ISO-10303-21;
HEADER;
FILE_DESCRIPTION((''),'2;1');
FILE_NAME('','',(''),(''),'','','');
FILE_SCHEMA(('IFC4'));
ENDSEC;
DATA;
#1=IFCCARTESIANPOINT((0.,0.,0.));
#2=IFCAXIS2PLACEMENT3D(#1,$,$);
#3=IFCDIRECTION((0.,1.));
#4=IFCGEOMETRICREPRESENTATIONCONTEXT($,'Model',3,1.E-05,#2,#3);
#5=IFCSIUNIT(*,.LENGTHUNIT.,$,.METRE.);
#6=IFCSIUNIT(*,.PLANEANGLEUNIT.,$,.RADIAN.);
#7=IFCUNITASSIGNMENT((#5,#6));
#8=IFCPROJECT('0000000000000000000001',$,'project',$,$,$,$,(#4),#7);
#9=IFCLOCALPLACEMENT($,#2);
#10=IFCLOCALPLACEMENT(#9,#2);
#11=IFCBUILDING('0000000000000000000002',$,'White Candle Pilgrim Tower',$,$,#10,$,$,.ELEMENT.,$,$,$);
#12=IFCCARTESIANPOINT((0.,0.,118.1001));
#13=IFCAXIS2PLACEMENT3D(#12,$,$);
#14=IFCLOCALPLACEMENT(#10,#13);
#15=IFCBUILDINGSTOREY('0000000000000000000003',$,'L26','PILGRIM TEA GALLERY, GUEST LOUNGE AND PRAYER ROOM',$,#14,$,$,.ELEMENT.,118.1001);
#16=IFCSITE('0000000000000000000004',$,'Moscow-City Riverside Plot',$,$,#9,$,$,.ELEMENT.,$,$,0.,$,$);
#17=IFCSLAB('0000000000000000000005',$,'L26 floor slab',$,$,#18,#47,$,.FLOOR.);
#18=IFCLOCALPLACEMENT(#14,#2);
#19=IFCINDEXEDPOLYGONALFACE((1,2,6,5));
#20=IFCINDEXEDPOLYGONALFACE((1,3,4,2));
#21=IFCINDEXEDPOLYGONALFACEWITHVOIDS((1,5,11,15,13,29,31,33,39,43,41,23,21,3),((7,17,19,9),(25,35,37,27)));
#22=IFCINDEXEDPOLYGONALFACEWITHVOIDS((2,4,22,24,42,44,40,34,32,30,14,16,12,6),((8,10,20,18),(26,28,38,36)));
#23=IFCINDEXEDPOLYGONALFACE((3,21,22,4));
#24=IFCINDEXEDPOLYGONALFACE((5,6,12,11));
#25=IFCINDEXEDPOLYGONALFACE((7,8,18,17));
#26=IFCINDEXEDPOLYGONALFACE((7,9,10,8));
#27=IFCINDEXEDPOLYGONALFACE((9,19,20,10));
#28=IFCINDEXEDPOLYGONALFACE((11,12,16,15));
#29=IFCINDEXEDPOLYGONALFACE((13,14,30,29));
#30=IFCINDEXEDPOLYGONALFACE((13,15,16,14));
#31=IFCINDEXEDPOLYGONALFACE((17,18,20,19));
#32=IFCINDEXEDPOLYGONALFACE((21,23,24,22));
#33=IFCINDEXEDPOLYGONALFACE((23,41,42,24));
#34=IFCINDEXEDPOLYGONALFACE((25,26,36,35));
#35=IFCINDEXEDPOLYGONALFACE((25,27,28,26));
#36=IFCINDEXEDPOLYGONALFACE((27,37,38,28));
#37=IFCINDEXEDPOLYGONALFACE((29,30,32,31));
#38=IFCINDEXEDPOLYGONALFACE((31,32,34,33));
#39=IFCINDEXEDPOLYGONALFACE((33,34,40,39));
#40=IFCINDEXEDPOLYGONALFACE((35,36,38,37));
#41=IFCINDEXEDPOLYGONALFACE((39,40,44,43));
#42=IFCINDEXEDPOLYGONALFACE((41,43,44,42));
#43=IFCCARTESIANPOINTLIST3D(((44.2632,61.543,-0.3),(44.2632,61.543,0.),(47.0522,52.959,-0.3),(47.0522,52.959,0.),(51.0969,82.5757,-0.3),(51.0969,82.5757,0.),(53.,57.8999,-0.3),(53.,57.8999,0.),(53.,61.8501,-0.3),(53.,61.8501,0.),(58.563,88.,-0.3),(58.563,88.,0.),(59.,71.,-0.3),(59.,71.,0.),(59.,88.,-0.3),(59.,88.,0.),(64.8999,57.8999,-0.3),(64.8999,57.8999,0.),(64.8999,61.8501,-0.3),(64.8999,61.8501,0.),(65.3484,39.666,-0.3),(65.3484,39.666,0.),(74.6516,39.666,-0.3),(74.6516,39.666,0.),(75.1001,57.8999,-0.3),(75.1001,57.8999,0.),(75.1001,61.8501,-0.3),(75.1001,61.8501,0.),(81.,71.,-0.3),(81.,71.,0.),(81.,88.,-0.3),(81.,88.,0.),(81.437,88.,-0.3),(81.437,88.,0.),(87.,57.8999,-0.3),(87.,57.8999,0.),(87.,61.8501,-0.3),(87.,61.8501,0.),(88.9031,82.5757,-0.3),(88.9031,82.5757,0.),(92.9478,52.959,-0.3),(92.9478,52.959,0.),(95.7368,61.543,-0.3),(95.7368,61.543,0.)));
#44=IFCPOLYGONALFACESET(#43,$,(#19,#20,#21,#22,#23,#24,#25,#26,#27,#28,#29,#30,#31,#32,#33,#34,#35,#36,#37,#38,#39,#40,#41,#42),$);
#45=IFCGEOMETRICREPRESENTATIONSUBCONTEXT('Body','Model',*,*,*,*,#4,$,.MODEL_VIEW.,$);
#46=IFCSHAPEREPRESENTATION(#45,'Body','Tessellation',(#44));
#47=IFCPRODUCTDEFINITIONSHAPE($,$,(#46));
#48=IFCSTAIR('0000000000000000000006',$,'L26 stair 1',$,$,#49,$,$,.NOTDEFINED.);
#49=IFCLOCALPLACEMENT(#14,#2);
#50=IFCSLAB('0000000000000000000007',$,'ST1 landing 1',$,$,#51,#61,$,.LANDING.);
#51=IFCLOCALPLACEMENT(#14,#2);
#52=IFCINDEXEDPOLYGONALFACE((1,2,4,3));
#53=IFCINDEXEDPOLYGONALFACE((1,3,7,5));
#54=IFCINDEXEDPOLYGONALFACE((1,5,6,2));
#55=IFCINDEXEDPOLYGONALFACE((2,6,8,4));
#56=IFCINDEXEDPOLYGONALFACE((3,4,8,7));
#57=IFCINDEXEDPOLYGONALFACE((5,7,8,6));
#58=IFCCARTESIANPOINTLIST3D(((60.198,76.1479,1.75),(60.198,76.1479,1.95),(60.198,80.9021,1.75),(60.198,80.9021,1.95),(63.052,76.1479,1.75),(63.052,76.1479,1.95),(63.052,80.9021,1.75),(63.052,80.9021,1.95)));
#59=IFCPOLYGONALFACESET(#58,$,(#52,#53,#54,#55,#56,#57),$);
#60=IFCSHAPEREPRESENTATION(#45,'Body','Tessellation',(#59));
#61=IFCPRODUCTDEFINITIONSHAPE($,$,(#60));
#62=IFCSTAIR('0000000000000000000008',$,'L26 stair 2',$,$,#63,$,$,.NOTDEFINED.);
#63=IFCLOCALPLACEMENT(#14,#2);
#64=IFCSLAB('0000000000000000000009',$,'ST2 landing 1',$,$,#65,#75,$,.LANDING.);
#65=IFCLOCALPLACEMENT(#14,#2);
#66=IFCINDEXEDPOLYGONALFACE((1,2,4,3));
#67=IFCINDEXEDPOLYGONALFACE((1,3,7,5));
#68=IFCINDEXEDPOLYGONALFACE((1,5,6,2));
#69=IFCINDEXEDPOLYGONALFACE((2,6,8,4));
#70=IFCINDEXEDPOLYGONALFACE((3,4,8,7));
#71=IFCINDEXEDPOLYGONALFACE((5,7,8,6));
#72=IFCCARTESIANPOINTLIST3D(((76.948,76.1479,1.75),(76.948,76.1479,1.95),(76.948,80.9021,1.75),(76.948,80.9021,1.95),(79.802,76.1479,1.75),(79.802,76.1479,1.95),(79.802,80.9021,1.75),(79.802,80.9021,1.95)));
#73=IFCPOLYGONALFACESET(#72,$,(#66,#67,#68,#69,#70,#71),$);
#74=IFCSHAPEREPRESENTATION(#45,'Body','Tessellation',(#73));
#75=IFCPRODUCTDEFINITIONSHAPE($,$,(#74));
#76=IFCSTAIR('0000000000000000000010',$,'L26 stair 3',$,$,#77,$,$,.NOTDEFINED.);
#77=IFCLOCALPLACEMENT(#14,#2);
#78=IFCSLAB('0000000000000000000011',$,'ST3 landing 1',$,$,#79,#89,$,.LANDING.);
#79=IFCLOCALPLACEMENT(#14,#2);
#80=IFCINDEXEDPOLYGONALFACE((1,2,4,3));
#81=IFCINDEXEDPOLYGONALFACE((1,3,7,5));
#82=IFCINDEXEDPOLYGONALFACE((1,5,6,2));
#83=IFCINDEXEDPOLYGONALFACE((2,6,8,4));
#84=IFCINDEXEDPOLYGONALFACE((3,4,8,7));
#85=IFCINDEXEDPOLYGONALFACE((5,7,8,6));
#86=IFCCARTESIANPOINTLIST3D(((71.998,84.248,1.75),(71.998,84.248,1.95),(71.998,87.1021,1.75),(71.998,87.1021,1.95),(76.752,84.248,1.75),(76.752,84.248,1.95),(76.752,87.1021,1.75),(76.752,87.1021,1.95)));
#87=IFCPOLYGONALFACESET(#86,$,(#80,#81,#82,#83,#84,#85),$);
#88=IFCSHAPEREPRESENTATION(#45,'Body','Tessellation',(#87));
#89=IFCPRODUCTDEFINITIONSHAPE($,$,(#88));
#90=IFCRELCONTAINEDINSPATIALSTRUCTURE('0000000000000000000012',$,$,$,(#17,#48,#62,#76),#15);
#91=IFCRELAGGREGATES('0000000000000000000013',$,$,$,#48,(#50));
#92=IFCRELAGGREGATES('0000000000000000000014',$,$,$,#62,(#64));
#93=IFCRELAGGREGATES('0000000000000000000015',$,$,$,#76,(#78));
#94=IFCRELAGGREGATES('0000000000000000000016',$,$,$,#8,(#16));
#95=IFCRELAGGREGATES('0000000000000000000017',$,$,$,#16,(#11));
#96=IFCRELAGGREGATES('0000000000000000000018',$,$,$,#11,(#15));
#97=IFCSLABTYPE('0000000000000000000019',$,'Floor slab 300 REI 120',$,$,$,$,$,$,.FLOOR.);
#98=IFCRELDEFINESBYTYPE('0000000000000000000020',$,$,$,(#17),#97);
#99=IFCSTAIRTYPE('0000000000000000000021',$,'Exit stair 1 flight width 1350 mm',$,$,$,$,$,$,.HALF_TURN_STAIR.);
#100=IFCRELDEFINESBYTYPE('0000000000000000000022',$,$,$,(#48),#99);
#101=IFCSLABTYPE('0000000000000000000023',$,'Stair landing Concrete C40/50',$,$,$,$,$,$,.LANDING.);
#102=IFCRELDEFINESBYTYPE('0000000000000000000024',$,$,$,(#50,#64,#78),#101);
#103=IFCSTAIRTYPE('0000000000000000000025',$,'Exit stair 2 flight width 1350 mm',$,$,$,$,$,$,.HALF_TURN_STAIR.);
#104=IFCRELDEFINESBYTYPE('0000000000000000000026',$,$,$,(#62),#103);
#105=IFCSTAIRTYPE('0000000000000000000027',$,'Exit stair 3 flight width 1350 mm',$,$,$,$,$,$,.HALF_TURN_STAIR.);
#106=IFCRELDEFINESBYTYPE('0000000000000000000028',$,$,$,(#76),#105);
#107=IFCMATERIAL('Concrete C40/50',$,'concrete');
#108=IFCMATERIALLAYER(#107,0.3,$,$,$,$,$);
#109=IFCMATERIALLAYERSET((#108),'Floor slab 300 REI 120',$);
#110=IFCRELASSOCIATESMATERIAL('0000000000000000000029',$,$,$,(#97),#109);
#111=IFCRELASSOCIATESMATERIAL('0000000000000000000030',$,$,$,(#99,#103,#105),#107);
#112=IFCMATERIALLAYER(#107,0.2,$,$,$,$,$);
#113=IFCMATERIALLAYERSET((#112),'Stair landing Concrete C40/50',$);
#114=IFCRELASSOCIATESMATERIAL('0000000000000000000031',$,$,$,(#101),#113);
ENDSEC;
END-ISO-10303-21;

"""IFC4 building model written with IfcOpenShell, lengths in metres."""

from ifc_helpers import new_model, si_unit, direction, frame, origin, place, context, subcontext, project, spatial, polyline, outline, extrude, material, layer, layer_set, type_object, element, aggregate, save


model = new_model("IFC4")

# Units and contexts
model_context = context("Model", 3, precision=1e-05, world=origin(), true_north=direction((0.0, 1.0)))
body_context = subcontext(model_context, "Body", "Model", "MODEL_VIEW")
ifc_project = project(units=[si_unit("LENGTHUNIT", "METRE"), si_unit("PLANEANGLEUNIT", "RADIAN")], contexts=[model_context])

# Site, building, storey
site_placement = place(None, origin())
site = spatial("IfcSite", under=ifc_project, at=site_placement, Name="Moscow-City Riverside Plot", CompositionType="ELEMENT", RefElevation=0.0)
building_placement = place(site_placement, origin())
building = spatial("IfcBuilding", under=site, at=building_placement, Name="White Candle Pilgrim Tower", CompositionType="ELEMENT")
storey_placement = place(building_placement, frame((0.0, 0.0, 118.1001)))
storey = spatial("IfcBuildingStorey", under=building, at=storey_placement, Name="L26", Description="PILGRIM TEA GALLERY, GUEST LOUNGE AND PRAYER ROOM", CompositionType="ELEMENT", Elevation=118.1001)

# Slab
ifc_material = material(Name="Concrete C40/50", Category="concrete")
ifc_layer_1 = layer(ifc_material, 0.3)
ifc_layer_set_1 = layer_set([ifc_layer_1], Name="Floor slab 300 REI 120")
slab_type_1 = type_object("IfcSlabType", Name="Floor slab 300 REI 120", PredefinedType="FLOOR", material=ifc_layer_set_1)
slab_1_placement = place(storey_placement, frame((0.0, 0.0, -0.3)))
element("IfcSlab", 1, at=slab_1_placement, inside=storey, type_object=slab_type_1, Name="L26 floor slab", PredefinedType="FLOOR", context=body_context, shape_type="SweptSolid", body=[
    extrude(outline(polyline([(65.3484, 39.666), (74.6516, 39.666), (92.9478, 52.959), (95.7368, 61.543), (88.9031, 82.5757), (81.437, 88.0), (81.0, 88.0), (81.0, 71.0), (59.0, 71.0), (59.0, 88.0), (58.563, 88.0), (51.0969, 82.5757), (44.2632, 61.543), (47.0522, 52.959), (65.3484, 39.666)]), holes=[polyline([(53.0, 57.8999), (53.0, 61.8501), (64.8999, 61.8501), (64.8999, 57.8999), (53.0, 57.8999)]), polyline([(75.1001, 57.8999), (75.1001, 61.8501), (87.0, 61.8501), (87.0, 57.8999), (75.1001, 57.8999)])]), origin(), (0.0, 0.0, 1.0), 0.3),
])

# Stairs, slabs
stair_type_1 = type_object("IfcStairType", Name="Exit stair 1 flight width 1350 mm", PredefinedType="HALF_TURN_STAIR", material=ifc_material)
stair_1_placement = place(storey_placement, origin())
stair_1 = element("IfcStair", 2, at=stair_1_placement, inside=storey, type_object=stair_type_1, Name="L26 stair 1", PredefinedType="NOTDEFINED")
ifc_layer_2 = layer(ifc_material, 0.2)
ifc_layer_set_2 = layer_set([ifc_layer_2], Name="Stair landing Concrete C40/50")
slab_type_2 = type_object("IfcSlabType", Name="Stair landing Concrete C40/50", PredefinedType="LANDING", material=ifc_layer_set_2)
slab_2_placement = place(storey_placement, frame((0.0, 0.0, 1.75)))
slab_2 = element("IfcSlab", 3, at=slab_2_placement, type_object=slab_type_2, Name="ST1 landing 1", PredefinedType="LANDING", context=body_context, shape_type="SweptSolid", body=[
    extrude(outline(polyline([(63.052, 76.1479), (60.198, 76.1479), (60.198, 80.9021), (63.052, 80.9021), (63.052, 76.1479)])), origin(), (0.0, 0.0, 1.0), 0.2),
])
aggregate(stair_1, [slab_2])
stair_type_2 = type_object("IfcStairType", Name="Exit stair 2 flight width 1350 mm", PredefinedType="HALF_TURN_STAIR", material=ifc_material)
stair_2_placement = place(storey_placement, origin())
stair_2 = element("IfcStair", 4, at=stair_2_placement, inside=storey, type_object=stair_type_2, Name="L26 stair 2", PredefinedType="NOTDEFINED")
slab_3_placement = place(storey_placement, frame((0.0, 0.0, 1.75)))
slab_3 = element("IfcSlab", 5, at=slab_3_placement, type_object=slab_type_2, Name="ST2 landing 1", PredefinedType="LANDING", context=body_context, shape_type="SweptSolid", body=[
    extrude(outline(polyline([(79.802, 76.1479), (76.948, 76.1479), (76.948, 80.9021), (79.802, 80.9021), (79.802, 76.1479)])), origin(), (0.0, 0.0, 1.0), 0.2),
])
aggregate(stair_2, [slab_3])
stair_type_3 = type_object("IfcStairType", Name="Exit stair 3 flight width 1350 mm", PredefinedType="HALF_TURN_STAIR", material=ifc_material)
stair_3_placement = place(storey_placement, origin())
stair_3 = element("IfcStair", 6, at=stair_3_placement, inside=storey, type_object=stair_type_3, Name="L26 stair 3", PredefinedType="NOTDEFINED")
slab_4_placement = place(storey_placement, frame((0.0, 0.0, 1.75)))
slab_4 = element("IfcSlab", 7, at=slab_4_placement, type_object=slab_type_2, Name="ST3 landing 1", PredefinedType="LANDING", context=body_context, shape_type="SweptSolid", body=[
    extrude(outline(polyline([(71.998, 84.248), (71.998, 87.1021), (76.752, 87.1021), (76.752, 84.248), (71.998, 84.248)])), origin(), (0.0, 0.0, 1.0), 0.2),
])
aggregate(stair_3, [slab_4])

save(model, "model.ifc")
